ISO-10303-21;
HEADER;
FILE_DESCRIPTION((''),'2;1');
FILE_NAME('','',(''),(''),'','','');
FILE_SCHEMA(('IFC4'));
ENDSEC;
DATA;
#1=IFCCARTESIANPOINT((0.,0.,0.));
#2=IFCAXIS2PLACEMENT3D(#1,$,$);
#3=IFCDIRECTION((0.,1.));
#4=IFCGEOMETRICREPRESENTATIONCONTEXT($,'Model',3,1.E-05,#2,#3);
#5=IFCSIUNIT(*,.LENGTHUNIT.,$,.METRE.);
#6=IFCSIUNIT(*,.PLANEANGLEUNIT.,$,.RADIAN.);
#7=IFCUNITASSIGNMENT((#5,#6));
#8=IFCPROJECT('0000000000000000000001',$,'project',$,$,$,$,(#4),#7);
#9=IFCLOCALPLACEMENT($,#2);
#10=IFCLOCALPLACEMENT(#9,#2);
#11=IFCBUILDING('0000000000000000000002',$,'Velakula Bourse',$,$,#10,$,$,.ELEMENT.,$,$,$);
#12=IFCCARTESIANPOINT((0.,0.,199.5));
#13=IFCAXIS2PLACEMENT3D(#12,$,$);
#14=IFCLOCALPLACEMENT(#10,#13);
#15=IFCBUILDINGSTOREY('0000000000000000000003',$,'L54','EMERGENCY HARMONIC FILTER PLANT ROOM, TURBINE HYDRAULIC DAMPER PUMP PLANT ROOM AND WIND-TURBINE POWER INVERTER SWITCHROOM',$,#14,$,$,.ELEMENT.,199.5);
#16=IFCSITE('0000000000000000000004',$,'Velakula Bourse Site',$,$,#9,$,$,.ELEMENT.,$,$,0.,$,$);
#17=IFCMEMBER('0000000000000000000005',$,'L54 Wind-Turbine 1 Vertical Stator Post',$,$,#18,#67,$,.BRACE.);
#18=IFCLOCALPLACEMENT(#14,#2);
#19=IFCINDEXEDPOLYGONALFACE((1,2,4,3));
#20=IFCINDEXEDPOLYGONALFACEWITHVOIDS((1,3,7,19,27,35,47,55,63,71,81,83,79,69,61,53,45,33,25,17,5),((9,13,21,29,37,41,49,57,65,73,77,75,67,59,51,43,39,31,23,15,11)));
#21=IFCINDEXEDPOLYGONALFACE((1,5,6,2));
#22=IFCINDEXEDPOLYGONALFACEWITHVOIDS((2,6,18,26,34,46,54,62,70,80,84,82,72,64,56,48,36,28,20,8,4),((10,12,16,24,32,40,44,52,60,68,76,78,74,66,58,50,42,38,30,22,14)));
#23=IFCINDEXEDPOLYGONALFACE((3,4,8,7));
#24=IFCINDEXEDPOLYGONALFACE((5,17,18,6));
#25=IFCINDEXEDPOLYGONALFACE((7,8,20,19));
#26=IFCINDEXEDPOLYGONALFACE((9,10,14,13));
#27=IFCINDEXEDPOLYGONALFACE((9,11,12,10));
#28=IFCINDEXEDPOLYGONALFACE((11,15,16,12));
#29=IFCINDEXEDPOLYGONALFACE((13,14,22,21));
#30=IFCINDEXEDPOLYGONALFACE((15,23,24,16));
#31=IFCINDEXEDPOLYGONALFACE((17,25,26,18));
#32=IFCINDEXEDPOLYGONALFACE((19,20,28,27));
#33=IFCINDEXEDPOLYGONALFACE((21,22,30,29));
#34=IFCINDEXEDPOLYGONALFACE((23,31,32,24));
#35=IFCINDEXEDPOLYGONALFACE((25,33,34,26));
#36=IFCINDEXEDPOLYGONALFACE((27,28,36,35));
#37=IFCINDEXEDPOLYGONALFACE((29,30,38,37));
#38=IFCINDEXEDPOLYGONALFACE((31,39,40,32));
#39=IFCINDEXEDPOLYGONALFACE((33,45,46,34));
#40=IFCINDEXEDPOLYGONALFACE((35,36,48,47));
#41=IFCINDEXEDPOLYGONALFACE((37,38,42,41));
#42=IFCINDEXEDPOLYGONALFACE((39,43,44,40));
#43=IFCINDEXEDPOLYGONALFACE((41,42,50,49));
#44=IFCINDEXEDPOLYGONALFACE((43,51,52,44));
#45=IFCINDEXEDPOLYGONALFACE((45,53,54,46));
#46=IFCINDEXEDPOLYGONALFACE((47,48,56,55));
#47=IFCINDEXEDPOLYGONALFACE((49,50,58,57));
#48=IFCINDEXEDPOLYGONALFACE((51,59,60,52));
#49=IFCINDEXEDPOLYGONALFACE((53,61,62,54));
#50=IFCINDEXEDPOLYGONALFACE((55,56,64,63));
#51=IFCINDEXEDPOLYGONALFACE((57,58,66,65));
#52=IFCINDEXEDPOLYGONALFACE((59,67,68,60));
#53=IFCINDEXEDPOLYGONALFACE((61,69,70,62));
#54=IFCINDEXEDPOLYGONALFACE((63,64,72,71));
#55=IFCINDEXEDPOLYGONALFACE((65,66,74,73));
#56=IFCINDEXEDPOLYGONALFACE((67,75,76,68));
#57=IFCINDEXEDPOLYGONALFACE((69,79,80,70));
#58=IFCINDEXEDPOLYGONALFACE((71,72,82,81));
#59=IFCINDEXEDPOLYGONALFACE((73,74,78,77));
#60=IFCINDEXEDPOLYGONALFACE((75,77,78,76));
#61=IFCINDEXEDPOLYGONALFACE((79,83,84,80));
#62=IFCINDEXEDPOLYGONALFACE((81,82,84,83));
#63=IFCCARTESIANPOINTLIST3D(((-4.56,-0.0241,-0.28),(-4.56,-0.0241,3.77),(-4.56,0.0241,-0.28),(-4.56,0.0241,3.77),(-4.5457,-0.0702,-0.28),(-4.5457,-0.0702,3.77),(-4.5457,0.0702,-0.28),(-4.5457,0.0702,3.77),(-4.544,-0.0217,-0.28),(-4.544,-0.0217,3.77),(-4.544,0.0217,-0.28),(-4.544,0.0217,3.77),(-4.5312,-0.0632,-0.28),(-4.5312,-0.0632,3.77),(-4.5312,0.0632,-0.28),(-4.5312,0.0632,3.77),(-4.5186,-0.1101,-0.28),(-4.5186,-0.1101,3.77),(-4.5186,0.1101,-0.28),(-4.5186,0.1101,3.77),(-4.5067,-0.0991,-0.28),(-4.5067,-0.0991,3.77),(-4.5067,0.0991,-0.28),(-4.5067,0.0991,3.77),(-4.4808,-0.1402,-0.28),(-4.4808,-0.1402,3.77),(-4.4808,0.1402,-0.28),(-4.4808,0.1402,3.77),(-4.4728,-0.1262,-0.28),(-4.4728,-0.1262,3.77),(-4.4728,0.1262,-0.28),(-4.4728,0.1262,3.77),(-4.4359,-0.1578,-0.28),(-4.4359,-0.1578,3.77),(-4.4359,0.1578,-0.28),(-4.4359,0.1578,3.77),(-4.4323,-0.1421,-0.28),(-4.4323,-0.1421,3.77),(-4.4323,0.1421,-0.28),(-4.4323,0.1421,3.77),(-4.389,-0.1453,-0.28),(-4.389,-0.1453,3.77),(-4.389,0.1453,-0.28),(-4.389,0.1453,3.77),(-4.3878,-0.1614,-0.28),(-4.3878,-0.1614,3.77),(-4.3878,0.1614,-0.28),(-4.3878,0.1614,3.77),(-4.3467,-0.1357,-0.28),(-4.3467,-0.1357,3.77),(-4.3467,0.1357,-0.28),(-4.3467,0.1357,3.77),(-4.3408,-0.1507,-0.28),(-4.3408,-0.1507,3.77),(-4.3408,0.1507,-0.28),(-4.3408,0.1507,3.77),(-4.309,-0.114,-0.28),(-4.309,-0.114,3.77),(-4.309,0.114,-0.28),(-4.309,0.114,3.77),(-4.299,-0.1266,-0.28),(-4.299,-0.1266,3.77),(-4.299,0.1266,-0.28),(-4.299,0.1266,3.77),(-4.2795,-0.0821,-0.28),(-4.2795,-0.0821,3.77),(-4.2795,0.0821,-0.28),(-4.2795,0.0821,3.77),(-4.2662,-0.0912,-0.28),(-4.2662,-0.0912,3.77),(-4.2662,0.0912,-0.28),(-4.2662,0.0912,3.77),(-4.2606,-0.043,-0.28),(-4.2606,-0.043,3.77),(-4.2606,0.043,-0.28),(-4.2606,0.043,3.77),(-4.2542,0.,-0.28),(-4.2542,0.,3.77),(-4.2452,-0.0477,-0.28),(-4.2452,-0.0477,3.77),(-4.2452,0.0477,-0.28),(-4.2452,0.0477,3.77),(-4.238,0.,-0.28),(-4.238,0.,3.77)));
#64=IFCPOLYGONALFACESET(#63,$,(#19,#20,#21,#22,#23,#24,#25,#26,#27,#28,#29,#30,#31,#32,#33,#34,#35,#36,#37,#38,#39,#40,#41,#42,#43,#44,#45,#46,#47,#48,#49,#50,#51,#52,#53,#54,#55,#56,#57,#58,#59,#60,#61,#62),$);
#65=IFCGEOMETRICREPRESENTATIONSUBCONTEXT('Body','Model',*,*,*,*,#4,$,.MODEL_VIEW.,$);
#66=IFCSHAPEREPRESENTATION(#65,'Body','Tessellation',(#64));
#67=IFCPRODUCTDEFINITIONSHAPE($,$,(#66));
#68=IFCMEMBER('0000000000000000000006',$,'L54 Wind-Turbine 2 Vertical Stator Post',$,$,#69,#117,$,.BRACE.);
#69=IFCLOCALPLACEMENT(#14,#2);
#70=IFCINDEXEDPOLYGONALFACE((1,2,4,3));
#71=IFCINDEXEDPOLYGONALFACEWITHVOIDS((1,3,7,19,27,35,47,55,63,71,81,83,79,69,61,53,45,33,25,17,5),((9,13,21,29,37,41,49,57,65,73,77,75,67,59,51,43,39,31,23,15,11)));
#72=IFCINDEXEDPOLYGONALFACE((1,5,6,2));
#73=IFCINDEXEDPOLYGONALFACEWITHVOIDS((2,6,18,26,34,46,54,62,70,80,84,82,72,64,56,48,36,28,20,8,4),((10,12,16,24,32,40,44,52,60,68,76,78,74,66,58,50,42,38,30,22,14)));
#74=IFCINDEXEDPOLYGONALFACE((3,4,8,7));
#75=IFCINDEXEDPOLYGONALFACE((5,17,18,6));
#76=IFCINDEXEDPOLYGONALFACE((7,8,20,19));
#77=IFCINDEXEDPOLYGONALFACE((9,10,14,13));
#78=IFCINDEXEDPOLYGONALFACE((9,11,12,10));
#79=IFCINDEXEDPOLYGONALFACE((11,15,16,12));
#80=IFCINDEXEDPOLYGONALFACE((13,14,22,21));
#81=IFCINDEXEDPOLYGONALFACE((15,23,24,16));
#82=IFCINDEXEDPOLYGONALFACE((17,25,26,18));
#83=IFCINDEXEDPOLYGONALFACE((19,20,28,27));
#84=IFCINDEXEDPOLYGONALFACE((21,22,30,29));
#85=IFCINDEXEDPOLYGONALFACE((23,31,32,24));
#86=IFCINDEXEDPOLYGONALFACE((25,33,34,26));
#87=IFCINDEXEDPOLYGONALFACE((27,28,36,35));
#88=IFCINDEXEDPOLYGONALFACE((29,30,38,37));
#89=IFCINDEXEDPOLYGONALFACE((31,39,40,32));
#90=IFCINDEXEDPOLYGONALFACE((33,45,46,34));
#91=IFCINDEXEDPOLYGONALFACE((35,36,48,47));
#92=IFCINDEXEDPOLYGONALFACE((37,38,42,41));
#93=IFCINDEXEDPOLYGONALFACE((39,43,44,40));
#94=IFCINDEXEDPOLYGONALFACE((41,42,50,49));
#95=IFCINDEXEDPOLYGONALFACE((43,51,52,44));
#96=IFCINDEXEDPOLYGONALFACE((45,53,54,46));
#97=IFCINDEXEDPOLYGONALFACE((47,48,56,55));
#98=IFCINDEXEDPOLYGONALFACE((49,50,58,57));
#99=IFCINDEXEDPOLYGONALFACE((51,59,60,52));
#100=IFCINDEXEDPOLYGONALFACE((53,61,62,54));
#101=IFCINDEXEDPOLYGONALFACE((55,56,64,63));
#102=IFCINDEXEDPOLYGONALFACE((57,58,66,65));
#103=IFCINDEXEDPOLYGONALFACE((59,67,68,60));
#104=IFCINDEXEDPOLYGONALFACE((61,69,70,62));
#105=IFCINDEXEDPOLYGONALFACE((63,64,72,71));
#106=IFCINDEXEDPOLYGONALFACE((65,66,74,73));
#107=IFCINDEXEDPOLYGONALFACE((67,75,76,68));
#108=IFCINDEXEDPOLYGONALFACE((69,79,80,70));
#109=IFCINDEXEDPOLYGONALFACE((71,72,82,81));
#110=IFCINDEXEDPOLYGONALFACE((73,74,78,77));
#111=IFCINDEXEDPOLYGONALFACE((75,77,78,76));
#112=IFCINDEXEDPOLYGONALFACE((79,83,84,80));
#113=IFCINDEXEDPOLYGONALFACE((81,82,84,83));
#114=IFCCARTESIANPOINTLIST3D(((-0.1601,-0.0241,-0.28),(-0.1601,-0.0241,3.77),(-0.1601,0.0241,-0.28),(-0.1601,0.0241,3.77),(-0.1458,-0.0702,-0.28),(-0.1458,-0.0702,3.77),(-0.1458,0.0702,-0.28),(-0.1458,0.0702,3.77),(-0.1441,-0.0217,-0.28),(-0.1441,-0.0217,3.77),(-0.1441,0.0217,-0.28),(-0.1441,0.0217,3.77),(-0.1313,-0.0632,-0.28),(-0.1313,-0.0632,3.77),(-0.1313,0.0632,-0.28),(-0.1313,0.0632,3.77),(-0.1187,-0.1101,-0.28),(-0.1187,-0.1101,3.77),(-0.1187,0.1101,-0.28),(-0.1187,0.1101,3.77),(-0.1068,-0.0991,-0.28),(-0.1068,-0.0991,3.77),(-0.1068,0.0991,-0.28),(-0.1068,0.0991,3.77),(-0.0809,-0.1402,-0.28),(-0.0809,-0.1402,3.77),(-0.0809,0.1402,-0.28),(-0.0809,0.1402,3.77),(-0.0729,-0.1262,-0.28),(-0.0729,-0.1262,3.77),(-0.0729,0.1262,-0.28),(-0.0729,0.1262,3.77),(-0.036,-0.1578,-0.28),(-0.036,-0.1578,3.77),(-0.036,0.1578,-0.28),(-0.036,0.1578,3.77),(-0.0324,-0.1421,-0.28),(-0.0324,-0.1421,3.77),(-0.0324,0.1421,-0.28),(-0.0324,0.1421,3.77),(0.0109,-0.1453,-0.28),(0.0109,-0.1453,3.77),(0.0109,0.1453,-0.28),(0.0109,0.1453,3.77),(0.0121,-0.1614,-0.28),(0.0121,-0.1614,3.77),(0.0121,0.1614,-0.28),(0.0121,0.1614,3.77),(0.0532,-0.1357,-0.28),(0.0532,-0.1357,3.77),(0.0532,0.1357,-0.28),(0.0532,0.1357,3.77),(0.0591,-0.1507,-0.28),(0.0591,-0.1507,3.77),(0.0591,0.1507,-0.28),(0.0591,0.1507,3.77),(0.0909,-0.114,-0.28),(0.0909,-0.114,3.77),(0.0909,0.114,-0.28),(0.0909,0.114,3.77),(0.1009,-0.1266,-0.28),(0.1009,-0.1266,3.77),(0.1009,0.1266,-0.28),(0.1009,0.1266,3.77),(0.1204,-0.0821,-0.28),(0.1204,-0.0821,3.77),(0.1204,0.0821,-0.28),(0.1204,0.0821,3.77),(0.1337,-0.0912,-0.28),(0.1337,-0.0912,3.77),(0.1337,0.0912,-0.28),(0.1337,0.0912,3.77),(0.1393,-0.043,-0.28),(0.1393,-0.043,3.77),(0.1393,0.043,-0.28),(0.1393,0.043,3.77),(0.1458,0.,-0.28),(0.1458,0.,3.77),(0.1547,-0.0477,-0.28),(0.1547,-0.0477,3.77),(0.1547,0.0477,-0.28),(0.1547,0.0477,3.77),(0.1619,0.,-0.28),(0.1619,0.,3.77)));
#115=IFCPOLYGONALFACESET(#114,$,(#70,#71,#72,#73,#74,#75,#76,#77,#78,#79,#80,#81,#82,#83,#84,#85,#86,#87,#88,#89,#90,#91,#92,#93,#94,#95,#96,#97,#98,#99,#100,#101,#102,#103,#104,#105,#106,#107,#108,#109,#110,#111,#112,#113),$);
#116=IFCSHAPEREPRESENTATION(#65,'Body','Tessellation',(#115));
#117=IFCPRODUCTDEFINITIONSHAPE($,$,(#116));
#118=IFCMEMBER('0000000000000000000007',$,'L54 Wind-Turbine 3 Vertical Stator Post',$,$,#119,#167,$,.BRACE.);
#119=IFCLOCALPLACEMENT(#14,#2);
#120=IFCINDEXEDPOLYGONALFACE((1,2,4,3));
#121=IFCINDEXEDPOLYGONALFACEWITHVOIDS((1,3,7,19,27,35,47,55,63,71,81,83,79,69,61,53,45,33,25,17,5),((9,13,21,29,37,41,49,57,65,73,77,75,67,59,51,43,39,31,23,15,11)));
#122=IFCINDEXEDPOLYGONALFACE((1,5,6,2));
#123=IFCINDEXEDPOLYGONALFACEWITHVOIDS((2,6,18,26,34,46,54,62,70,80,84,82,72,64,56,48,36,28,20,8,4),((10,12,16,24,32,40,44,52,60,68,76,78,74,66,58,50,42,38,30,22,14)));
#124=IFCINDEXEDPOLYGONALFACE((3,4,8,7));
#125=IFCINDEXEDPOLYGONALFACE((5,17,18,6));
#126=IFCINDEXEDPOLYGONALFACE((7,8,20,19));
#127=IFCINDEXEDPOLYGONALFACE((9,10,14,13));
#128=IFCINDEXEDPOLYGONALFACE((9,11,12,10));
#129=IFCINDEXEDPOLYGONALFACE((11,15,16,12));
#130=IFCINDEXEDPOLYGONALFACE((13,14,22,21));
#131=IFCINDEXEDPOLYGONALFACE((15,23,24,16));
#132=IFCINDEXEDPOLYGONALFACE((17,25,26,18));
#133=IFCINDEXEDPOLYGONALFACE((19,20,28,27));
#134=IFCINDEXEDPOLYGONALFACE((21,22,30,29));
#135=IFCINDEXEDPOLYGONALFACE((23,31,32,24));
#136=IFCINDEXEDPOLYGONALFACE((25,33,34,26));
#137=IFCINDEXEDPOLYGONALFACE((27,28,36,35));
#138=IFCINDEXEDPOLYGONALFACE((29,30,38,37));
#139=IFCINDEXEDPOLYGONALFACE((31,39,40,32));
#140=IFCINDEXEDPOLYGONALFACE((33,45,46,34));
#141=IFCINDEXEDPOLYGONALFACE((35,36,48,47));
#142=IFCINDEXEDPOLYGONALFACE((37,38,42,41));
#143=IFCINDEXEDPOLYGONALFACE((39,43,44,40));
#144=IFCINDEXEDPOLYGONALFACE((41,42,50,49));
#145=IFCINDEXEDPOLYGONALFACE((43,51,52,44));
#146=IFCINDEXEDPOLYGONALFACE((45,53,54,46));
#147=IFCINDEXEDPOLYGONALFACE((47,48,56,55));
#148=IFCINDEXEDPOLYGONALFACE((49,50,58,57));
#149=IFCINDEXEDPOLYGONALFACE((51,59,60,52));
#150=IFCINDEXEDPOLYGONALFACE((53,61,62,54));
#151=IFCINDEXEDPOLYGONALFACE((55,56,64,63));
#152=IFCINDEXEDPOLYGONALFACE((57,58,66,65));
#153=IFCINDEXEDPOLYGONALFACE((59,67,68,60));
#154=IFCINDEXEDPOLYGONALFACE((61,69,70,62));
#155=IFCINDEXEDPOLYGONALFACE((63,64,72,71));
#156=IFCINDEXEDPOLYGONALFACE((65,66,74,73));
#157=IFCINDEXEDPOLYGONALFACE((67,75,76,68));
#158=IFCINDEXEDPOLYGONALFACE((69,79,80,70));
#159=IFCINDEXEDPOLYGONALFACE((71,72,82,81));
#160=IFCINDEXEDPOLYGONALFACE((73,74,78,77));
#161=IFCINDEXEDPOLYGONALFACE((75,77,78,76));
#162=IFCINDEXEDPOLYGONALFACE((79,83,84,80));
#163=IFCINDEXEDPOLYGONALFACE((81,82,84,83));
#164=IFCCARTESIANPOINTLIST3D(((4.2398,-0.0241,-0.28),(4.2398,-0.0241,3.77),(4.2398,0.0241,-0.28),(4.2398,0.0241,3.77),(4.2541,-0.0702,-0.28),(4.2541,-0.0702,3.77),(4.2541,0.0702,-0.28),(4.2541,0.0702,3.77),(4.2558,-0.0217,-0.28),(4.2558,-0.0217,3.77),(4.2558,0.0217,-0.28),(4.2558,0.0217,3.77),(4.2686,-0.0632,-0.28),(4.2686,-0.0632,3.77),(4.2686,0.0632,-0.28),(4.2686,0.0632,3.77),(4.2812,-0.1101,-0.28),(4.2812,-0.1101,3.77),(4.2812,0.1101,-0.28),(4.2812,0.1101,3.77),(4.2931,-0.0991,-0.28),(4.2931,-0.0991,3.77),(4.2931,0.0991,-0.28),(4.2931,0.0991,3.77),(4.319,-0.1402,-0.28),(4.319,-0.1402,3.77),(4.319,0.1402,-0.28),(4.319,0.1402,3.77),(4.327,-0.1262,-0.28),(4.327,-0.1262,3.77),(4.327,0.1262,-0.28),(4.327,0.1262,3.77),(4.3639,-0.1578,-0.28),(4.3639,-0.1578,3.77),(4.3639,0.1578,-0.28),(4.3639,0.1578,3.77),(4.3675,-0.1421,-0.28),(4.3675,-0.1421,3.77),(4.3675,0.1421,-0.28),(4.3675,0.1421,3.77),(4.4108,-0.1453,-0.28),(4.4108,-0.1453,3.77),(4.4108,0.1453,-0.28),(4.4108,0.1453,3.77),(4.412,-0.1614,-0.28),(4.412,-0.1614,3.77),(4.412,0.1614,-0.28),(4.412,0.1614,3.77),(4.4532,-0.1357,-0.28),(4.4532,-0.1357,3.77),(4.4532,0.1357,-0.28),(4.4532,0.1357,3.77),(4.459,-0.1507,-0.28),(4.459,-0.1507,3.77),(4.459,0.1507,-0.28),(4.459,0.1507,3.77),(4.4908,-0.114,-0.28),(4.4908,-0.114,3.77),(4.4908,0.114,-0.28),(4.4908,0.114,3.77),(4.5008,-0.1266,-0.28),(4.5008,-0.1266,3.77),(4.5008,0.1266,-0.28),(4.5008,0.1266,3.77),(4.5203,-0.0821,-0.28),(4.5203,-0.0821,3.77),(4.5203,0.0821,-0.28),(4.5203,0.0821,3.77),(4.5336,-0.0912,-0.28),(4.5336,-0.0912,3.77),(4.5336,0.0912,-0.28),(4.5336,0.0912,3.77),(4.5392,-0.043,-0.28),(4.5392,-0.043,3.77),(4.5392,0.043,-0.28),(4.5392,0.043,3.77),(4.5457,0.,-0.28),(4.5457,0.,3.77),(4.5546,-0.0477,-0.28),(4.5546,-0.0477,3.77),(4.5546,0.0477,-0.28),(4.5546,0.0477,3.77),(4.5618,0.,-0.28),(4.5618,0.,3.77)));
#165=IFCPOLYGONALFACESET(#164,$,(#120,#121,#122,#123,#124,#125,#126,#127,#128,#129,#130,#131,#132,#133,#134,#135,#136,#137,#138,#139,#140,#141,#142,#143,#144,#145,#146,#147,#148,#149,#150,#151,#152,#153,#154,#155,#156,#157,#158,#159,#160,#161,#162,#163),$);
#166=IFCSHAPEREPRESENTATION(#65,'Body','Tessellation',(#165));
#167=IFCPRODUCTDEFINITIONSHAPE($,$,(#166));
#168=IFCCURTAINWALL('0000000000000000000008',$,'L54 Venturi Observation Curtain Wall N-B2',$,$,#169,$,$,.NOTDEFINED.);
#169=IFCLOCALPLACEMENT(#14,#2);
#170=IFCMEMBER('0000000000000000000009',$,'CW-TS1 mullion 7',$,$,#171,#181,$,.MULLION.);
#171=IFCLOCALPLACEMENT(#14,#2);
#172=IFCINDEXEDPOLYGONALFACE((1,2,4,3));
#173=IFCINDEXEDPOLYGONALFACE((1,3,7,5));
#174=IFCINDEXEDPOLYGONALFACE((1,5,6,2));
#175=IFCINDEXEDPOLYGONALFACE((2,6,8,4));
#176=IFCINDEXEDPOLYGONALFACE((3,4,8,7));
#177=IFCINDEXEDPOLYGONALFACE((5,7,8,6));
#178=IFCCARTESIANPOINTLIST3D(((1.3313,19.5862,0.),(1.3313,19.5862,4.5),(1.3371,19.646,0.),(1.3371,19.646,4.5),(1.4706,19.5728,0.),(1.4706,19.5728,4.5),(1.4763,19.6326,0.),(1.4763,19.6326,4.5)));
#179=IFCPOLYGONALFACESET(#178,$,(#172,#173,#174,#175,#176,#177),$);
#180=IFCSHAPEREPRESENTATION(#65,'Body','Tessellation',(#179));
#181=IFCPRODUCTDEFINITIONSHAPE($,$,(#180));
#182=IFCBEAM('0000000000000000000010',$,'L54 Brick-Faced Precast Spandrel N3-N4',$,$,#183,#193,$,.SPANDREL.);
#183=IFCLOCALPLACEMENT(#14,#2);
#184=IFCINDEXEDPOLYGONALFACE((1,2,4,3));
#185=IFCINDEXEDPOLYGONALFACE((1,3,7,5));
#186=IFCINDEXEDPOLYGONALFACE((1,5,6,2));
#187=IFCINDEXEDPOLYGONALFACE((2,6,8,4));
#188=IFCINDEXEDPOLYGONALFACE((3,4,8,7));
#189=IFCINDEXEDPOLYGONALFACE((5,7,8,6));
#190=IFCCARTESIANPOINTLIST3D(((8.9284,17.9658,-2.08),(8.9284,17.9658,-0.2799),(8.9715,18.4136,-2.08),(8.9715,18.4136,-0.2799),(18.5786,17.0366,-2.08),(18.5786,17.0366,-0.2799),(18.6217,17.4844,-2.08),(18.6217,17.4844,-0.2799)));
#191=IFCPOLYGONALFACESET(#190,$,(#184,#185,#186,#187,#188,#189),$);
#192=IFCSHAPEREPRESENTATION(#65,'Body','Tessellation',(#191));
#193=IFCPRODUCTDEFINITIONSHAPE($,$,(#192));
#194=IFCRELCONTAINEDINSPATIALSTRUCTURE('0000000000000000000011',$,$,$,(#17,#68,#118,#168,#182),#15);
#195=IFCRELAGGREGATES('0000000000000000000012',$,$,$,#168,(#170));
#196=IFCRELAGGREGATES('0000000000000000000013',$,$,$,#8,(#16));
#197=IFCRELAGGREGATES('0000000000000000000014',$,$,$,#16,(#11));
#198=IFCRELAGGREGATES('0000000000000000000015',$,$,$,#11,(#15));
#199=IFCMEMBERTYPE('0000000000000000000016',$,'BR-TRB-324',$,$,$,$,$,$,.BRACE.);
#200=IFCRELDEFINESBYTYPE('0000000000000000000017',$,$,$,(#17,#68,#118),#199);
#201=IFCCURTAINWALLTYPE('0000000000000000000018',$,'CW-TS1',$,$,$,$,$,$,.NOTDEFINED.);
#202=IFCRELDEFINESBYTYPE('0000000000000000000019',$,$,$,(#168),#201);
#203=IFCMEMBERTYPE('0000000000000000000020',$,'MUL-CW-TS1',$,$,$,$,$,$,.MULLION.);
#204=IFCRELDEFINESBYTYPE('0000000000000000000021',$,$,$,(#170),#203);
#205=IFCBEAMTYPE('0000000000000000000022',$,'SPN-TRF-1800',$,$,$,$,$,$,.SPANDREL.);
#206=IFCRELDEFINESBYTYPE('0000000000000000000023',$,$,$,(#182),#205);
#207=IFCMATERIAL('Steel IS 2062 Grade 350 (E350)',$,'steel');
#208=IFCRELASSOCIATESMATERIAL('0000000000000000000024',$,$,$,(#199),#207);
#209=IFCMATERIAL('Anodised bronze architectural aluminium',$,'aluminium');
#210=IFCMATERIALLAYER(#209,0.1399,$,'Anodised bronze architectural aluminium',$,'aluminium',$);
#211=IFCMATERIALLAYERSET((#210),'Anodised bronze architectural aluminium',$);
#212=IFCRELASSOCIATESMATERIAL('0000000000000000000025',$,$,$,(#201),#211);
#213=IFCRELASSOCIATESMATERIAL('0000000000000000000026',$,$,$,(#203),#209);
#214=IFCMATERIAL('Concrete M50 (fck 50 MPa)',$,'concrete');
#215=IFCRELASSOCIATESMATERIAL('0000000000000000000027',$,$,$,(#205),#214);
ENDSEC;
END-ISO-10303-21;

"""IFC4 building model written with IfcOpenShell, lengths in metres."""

from ifc_helpers import new_model, si_unit, direction, frame, origin, origin_2d, place, context, subcontext, project, spatial, rectangle, hollow_circle, extrude, material, layer, layer_set, material_profile, profile_set, type_object, element, aggregate, save


model = new_model("IFC4")

# Units and contexts
model_context = context("Model", 3, precision=1e-05, world=origin(), true_north=direction((0.0, 1.0)))
body_context = subcontext(model_context, "Body", "Model", "MODEL_VIEW")
ifc_project = project(units=[si_unit("LENGTHUNIT", "METRE"), si_unit("PLANEANGLEUNIT", "RADIAN")], contexts=[model_context])

# Site, building, storey
site_placement = place(None, origin())
site = spatial("IfcSite", under=ifc_project, at=site_placement, Name="Velakula Bourse Site", CompositionType="ELEMENT", RefElevation=0.0)
building_placement = place(site_placement, origin())
building = spatial("IfcBuilding", under=site, at=building_placement, Name="Velakula Bourse", CompositionType="ELEMENT")
storey_placement = place(building_placement, frame((0.0, 0.0, 199.5)))
storey = spatial("IfcBuildingStorey", under=building, at=storey_placement, Name="L54", Description="EMERGENCY HARMONIC FILTER PLANT ROOM, TURBINE HYDRAULIC DAMPER PUMP PLANT ROOM AND WIND-TURBINE POWER INVERTER SWITCHROOM", CompositionType="ELEMENT", Elevation=199.5)

# Shared definitions
ifc_material_1 = material(Name="Steel IS 2062 Grade 350 (E350)", Category="steel")

# Members
ifc_material_profile_1 = material_profile(ifc_material_1, hollow_circle(Radius=0.1619, WallThickness=0.0161, at=origin_2d()), Name="Steel IS 2062 Grade 350 (E350)")
ifc_profile_set_1 = profile_set([ifc_material_profile_1], Name="Steel IS 2062 Grade 350 (E350)")
member_type_1 = type_object("IfcMemberType", Name="BR-TRB-324", PredefinedType="BRACE", material=ifc_profile_set_1)
for number, where, z_axis, x_axis, name in (
    (1, (-4.3999, 0.0, -0.28), (0.0, 0.0, 1.0), (1.0, 0.0, 0.0), "L54 Wind-Turbine 1 Vertical Stator Post"),
    (2, (0.0, 0.0, -0.28), (0.0, 0.0, 1.0), (1.0, 0.0, 0.0), "L54 Wind-Turbine 2 Vertical Stator Post"),
    (3, (4.3999, 0.0, -0.28), (0.0, 0.0, 1.0), (1.0, 0.0, 0.0), "L54 Wind-Turbine 3 Vertical Stator Post"),
):
    element("IfcMember", number, at=place(storey_placement, frame(where, z_axis=z_axis, x_axis=x_axis)), inside=storey, type_object=member_type_1, Name=name, PredefinedType="BRACE", context=body_context, shape_type="SweptSolid", body=[
        extrude(hollow_circle(Radius=0.1619, WallThickness=0.0161, at=origin_2d()), origin(), (0.0, 0.0, 1.0), 4.05),
    ])

# Curtain wall, member
ifc_material_2 = material(Name="Anodised bronze architectural aluminium", Category="aluminium")
ifc_layer_1 = layer(ifc_material_2, 0.1399, Name="Anodised bronze architectural aluminium", Category="aluminium")
ifc_layer_set_1 = layer_set([ifc_layer_1], Name="Anodised bronze architectural aluminium")
curtain_wall_type = type_object("IfcCurtainWallType", Name="CW-TS1", PredefinedType="NOTDEFINED", material=ifc_layer_set_1)
curtain_wall_placement = place(storey_placement, origin())
curtain_wall = element("IfcCurtainWall", 4, at=curtain_wall_placement, inside=storey, type_object=curtain_wall_type, Name="L54 Venturi Observation Curtain Wall N-B2", PredefinedType="NOTDEFINED")
ifc_material_profile_2 = material_profile(ifc_material_2, rectangle(XDim=0.0601, YDim=0.1399, at=origin_2d()), Name="Anodised bronze architectural aluminium")
ifc_profile_set_2 = profile_set([ifc_material_profile_2], Name="Anodised bronze architectural aluminium")
member_type_2 = type_object("IfcMemberType", Name="MUL-CW-TS1", PredefinedType="MULLION", material=ifc_profile_set_2)
member_1_placement = place(storey_placement, frame((1.4038, 19.6094, 0.0), z_axis=(0.0, 0.0, 1.0), x_axis=(0.095849, 0.995396, 0.0)))
member_1 = element("IfcMember", 5, at=member_1_placement, type_object=member_type_2, Name="CW-TS1 mullion 7", PredefinedType="MULLION", context=body_context, shape_type="SweptSolid", body=[
    extrude(rectangle(XDim=0.0601, YDim=0.1399, at=origin_2d()), origin(), (0.0, 0.0, 1.0), 4.5),
])

# Beam
ifc_material_3 = material(Name="Concrete M50 (fck 50 MPa)", Category="concrete")
ifc_material_profile_3 = material_profile(ifc_material_3, rectangle(XDim=0.45, YDim=1.8, at=origin_2d()), Name="Concrete M50 (fck 50 MPa)")
ifc_profile_set_3 = profile_set([ifc_material_profile_3], Name="Concrete M50 (fck 50 MPa)")
beam_type_1 = type_object("IfcBeamType", Name="SPN-TRF-1800", PredefinedType="SPANDREL", material=ifc_profile_set_3)
beam_1_placement = place(storey_placement, frame((8.95, 18.1897, -1.1799), z_axis=(0.995396, -0.095845, 0.0), x_axis=(0.095845, 0.995396, 0.0)))
element("IfcBeam", 6, at=beam_1_placement, inside=storey, type_object=beam_type_1, Name="L54 Brick-Faced Precast Spandrel N3-N4", PredefinedType="SPANDREL", context=body_context, shape_type="SweptSolid", body=[
    extrude(rectangle(XDim=0.45, YDim=1.8, at=origin_2d()), origin(), (0.0, 0.0, 1.0), 9.6948),
])

aggregate(curtain_wall, [member_1])

save(model, "model.ifc")
